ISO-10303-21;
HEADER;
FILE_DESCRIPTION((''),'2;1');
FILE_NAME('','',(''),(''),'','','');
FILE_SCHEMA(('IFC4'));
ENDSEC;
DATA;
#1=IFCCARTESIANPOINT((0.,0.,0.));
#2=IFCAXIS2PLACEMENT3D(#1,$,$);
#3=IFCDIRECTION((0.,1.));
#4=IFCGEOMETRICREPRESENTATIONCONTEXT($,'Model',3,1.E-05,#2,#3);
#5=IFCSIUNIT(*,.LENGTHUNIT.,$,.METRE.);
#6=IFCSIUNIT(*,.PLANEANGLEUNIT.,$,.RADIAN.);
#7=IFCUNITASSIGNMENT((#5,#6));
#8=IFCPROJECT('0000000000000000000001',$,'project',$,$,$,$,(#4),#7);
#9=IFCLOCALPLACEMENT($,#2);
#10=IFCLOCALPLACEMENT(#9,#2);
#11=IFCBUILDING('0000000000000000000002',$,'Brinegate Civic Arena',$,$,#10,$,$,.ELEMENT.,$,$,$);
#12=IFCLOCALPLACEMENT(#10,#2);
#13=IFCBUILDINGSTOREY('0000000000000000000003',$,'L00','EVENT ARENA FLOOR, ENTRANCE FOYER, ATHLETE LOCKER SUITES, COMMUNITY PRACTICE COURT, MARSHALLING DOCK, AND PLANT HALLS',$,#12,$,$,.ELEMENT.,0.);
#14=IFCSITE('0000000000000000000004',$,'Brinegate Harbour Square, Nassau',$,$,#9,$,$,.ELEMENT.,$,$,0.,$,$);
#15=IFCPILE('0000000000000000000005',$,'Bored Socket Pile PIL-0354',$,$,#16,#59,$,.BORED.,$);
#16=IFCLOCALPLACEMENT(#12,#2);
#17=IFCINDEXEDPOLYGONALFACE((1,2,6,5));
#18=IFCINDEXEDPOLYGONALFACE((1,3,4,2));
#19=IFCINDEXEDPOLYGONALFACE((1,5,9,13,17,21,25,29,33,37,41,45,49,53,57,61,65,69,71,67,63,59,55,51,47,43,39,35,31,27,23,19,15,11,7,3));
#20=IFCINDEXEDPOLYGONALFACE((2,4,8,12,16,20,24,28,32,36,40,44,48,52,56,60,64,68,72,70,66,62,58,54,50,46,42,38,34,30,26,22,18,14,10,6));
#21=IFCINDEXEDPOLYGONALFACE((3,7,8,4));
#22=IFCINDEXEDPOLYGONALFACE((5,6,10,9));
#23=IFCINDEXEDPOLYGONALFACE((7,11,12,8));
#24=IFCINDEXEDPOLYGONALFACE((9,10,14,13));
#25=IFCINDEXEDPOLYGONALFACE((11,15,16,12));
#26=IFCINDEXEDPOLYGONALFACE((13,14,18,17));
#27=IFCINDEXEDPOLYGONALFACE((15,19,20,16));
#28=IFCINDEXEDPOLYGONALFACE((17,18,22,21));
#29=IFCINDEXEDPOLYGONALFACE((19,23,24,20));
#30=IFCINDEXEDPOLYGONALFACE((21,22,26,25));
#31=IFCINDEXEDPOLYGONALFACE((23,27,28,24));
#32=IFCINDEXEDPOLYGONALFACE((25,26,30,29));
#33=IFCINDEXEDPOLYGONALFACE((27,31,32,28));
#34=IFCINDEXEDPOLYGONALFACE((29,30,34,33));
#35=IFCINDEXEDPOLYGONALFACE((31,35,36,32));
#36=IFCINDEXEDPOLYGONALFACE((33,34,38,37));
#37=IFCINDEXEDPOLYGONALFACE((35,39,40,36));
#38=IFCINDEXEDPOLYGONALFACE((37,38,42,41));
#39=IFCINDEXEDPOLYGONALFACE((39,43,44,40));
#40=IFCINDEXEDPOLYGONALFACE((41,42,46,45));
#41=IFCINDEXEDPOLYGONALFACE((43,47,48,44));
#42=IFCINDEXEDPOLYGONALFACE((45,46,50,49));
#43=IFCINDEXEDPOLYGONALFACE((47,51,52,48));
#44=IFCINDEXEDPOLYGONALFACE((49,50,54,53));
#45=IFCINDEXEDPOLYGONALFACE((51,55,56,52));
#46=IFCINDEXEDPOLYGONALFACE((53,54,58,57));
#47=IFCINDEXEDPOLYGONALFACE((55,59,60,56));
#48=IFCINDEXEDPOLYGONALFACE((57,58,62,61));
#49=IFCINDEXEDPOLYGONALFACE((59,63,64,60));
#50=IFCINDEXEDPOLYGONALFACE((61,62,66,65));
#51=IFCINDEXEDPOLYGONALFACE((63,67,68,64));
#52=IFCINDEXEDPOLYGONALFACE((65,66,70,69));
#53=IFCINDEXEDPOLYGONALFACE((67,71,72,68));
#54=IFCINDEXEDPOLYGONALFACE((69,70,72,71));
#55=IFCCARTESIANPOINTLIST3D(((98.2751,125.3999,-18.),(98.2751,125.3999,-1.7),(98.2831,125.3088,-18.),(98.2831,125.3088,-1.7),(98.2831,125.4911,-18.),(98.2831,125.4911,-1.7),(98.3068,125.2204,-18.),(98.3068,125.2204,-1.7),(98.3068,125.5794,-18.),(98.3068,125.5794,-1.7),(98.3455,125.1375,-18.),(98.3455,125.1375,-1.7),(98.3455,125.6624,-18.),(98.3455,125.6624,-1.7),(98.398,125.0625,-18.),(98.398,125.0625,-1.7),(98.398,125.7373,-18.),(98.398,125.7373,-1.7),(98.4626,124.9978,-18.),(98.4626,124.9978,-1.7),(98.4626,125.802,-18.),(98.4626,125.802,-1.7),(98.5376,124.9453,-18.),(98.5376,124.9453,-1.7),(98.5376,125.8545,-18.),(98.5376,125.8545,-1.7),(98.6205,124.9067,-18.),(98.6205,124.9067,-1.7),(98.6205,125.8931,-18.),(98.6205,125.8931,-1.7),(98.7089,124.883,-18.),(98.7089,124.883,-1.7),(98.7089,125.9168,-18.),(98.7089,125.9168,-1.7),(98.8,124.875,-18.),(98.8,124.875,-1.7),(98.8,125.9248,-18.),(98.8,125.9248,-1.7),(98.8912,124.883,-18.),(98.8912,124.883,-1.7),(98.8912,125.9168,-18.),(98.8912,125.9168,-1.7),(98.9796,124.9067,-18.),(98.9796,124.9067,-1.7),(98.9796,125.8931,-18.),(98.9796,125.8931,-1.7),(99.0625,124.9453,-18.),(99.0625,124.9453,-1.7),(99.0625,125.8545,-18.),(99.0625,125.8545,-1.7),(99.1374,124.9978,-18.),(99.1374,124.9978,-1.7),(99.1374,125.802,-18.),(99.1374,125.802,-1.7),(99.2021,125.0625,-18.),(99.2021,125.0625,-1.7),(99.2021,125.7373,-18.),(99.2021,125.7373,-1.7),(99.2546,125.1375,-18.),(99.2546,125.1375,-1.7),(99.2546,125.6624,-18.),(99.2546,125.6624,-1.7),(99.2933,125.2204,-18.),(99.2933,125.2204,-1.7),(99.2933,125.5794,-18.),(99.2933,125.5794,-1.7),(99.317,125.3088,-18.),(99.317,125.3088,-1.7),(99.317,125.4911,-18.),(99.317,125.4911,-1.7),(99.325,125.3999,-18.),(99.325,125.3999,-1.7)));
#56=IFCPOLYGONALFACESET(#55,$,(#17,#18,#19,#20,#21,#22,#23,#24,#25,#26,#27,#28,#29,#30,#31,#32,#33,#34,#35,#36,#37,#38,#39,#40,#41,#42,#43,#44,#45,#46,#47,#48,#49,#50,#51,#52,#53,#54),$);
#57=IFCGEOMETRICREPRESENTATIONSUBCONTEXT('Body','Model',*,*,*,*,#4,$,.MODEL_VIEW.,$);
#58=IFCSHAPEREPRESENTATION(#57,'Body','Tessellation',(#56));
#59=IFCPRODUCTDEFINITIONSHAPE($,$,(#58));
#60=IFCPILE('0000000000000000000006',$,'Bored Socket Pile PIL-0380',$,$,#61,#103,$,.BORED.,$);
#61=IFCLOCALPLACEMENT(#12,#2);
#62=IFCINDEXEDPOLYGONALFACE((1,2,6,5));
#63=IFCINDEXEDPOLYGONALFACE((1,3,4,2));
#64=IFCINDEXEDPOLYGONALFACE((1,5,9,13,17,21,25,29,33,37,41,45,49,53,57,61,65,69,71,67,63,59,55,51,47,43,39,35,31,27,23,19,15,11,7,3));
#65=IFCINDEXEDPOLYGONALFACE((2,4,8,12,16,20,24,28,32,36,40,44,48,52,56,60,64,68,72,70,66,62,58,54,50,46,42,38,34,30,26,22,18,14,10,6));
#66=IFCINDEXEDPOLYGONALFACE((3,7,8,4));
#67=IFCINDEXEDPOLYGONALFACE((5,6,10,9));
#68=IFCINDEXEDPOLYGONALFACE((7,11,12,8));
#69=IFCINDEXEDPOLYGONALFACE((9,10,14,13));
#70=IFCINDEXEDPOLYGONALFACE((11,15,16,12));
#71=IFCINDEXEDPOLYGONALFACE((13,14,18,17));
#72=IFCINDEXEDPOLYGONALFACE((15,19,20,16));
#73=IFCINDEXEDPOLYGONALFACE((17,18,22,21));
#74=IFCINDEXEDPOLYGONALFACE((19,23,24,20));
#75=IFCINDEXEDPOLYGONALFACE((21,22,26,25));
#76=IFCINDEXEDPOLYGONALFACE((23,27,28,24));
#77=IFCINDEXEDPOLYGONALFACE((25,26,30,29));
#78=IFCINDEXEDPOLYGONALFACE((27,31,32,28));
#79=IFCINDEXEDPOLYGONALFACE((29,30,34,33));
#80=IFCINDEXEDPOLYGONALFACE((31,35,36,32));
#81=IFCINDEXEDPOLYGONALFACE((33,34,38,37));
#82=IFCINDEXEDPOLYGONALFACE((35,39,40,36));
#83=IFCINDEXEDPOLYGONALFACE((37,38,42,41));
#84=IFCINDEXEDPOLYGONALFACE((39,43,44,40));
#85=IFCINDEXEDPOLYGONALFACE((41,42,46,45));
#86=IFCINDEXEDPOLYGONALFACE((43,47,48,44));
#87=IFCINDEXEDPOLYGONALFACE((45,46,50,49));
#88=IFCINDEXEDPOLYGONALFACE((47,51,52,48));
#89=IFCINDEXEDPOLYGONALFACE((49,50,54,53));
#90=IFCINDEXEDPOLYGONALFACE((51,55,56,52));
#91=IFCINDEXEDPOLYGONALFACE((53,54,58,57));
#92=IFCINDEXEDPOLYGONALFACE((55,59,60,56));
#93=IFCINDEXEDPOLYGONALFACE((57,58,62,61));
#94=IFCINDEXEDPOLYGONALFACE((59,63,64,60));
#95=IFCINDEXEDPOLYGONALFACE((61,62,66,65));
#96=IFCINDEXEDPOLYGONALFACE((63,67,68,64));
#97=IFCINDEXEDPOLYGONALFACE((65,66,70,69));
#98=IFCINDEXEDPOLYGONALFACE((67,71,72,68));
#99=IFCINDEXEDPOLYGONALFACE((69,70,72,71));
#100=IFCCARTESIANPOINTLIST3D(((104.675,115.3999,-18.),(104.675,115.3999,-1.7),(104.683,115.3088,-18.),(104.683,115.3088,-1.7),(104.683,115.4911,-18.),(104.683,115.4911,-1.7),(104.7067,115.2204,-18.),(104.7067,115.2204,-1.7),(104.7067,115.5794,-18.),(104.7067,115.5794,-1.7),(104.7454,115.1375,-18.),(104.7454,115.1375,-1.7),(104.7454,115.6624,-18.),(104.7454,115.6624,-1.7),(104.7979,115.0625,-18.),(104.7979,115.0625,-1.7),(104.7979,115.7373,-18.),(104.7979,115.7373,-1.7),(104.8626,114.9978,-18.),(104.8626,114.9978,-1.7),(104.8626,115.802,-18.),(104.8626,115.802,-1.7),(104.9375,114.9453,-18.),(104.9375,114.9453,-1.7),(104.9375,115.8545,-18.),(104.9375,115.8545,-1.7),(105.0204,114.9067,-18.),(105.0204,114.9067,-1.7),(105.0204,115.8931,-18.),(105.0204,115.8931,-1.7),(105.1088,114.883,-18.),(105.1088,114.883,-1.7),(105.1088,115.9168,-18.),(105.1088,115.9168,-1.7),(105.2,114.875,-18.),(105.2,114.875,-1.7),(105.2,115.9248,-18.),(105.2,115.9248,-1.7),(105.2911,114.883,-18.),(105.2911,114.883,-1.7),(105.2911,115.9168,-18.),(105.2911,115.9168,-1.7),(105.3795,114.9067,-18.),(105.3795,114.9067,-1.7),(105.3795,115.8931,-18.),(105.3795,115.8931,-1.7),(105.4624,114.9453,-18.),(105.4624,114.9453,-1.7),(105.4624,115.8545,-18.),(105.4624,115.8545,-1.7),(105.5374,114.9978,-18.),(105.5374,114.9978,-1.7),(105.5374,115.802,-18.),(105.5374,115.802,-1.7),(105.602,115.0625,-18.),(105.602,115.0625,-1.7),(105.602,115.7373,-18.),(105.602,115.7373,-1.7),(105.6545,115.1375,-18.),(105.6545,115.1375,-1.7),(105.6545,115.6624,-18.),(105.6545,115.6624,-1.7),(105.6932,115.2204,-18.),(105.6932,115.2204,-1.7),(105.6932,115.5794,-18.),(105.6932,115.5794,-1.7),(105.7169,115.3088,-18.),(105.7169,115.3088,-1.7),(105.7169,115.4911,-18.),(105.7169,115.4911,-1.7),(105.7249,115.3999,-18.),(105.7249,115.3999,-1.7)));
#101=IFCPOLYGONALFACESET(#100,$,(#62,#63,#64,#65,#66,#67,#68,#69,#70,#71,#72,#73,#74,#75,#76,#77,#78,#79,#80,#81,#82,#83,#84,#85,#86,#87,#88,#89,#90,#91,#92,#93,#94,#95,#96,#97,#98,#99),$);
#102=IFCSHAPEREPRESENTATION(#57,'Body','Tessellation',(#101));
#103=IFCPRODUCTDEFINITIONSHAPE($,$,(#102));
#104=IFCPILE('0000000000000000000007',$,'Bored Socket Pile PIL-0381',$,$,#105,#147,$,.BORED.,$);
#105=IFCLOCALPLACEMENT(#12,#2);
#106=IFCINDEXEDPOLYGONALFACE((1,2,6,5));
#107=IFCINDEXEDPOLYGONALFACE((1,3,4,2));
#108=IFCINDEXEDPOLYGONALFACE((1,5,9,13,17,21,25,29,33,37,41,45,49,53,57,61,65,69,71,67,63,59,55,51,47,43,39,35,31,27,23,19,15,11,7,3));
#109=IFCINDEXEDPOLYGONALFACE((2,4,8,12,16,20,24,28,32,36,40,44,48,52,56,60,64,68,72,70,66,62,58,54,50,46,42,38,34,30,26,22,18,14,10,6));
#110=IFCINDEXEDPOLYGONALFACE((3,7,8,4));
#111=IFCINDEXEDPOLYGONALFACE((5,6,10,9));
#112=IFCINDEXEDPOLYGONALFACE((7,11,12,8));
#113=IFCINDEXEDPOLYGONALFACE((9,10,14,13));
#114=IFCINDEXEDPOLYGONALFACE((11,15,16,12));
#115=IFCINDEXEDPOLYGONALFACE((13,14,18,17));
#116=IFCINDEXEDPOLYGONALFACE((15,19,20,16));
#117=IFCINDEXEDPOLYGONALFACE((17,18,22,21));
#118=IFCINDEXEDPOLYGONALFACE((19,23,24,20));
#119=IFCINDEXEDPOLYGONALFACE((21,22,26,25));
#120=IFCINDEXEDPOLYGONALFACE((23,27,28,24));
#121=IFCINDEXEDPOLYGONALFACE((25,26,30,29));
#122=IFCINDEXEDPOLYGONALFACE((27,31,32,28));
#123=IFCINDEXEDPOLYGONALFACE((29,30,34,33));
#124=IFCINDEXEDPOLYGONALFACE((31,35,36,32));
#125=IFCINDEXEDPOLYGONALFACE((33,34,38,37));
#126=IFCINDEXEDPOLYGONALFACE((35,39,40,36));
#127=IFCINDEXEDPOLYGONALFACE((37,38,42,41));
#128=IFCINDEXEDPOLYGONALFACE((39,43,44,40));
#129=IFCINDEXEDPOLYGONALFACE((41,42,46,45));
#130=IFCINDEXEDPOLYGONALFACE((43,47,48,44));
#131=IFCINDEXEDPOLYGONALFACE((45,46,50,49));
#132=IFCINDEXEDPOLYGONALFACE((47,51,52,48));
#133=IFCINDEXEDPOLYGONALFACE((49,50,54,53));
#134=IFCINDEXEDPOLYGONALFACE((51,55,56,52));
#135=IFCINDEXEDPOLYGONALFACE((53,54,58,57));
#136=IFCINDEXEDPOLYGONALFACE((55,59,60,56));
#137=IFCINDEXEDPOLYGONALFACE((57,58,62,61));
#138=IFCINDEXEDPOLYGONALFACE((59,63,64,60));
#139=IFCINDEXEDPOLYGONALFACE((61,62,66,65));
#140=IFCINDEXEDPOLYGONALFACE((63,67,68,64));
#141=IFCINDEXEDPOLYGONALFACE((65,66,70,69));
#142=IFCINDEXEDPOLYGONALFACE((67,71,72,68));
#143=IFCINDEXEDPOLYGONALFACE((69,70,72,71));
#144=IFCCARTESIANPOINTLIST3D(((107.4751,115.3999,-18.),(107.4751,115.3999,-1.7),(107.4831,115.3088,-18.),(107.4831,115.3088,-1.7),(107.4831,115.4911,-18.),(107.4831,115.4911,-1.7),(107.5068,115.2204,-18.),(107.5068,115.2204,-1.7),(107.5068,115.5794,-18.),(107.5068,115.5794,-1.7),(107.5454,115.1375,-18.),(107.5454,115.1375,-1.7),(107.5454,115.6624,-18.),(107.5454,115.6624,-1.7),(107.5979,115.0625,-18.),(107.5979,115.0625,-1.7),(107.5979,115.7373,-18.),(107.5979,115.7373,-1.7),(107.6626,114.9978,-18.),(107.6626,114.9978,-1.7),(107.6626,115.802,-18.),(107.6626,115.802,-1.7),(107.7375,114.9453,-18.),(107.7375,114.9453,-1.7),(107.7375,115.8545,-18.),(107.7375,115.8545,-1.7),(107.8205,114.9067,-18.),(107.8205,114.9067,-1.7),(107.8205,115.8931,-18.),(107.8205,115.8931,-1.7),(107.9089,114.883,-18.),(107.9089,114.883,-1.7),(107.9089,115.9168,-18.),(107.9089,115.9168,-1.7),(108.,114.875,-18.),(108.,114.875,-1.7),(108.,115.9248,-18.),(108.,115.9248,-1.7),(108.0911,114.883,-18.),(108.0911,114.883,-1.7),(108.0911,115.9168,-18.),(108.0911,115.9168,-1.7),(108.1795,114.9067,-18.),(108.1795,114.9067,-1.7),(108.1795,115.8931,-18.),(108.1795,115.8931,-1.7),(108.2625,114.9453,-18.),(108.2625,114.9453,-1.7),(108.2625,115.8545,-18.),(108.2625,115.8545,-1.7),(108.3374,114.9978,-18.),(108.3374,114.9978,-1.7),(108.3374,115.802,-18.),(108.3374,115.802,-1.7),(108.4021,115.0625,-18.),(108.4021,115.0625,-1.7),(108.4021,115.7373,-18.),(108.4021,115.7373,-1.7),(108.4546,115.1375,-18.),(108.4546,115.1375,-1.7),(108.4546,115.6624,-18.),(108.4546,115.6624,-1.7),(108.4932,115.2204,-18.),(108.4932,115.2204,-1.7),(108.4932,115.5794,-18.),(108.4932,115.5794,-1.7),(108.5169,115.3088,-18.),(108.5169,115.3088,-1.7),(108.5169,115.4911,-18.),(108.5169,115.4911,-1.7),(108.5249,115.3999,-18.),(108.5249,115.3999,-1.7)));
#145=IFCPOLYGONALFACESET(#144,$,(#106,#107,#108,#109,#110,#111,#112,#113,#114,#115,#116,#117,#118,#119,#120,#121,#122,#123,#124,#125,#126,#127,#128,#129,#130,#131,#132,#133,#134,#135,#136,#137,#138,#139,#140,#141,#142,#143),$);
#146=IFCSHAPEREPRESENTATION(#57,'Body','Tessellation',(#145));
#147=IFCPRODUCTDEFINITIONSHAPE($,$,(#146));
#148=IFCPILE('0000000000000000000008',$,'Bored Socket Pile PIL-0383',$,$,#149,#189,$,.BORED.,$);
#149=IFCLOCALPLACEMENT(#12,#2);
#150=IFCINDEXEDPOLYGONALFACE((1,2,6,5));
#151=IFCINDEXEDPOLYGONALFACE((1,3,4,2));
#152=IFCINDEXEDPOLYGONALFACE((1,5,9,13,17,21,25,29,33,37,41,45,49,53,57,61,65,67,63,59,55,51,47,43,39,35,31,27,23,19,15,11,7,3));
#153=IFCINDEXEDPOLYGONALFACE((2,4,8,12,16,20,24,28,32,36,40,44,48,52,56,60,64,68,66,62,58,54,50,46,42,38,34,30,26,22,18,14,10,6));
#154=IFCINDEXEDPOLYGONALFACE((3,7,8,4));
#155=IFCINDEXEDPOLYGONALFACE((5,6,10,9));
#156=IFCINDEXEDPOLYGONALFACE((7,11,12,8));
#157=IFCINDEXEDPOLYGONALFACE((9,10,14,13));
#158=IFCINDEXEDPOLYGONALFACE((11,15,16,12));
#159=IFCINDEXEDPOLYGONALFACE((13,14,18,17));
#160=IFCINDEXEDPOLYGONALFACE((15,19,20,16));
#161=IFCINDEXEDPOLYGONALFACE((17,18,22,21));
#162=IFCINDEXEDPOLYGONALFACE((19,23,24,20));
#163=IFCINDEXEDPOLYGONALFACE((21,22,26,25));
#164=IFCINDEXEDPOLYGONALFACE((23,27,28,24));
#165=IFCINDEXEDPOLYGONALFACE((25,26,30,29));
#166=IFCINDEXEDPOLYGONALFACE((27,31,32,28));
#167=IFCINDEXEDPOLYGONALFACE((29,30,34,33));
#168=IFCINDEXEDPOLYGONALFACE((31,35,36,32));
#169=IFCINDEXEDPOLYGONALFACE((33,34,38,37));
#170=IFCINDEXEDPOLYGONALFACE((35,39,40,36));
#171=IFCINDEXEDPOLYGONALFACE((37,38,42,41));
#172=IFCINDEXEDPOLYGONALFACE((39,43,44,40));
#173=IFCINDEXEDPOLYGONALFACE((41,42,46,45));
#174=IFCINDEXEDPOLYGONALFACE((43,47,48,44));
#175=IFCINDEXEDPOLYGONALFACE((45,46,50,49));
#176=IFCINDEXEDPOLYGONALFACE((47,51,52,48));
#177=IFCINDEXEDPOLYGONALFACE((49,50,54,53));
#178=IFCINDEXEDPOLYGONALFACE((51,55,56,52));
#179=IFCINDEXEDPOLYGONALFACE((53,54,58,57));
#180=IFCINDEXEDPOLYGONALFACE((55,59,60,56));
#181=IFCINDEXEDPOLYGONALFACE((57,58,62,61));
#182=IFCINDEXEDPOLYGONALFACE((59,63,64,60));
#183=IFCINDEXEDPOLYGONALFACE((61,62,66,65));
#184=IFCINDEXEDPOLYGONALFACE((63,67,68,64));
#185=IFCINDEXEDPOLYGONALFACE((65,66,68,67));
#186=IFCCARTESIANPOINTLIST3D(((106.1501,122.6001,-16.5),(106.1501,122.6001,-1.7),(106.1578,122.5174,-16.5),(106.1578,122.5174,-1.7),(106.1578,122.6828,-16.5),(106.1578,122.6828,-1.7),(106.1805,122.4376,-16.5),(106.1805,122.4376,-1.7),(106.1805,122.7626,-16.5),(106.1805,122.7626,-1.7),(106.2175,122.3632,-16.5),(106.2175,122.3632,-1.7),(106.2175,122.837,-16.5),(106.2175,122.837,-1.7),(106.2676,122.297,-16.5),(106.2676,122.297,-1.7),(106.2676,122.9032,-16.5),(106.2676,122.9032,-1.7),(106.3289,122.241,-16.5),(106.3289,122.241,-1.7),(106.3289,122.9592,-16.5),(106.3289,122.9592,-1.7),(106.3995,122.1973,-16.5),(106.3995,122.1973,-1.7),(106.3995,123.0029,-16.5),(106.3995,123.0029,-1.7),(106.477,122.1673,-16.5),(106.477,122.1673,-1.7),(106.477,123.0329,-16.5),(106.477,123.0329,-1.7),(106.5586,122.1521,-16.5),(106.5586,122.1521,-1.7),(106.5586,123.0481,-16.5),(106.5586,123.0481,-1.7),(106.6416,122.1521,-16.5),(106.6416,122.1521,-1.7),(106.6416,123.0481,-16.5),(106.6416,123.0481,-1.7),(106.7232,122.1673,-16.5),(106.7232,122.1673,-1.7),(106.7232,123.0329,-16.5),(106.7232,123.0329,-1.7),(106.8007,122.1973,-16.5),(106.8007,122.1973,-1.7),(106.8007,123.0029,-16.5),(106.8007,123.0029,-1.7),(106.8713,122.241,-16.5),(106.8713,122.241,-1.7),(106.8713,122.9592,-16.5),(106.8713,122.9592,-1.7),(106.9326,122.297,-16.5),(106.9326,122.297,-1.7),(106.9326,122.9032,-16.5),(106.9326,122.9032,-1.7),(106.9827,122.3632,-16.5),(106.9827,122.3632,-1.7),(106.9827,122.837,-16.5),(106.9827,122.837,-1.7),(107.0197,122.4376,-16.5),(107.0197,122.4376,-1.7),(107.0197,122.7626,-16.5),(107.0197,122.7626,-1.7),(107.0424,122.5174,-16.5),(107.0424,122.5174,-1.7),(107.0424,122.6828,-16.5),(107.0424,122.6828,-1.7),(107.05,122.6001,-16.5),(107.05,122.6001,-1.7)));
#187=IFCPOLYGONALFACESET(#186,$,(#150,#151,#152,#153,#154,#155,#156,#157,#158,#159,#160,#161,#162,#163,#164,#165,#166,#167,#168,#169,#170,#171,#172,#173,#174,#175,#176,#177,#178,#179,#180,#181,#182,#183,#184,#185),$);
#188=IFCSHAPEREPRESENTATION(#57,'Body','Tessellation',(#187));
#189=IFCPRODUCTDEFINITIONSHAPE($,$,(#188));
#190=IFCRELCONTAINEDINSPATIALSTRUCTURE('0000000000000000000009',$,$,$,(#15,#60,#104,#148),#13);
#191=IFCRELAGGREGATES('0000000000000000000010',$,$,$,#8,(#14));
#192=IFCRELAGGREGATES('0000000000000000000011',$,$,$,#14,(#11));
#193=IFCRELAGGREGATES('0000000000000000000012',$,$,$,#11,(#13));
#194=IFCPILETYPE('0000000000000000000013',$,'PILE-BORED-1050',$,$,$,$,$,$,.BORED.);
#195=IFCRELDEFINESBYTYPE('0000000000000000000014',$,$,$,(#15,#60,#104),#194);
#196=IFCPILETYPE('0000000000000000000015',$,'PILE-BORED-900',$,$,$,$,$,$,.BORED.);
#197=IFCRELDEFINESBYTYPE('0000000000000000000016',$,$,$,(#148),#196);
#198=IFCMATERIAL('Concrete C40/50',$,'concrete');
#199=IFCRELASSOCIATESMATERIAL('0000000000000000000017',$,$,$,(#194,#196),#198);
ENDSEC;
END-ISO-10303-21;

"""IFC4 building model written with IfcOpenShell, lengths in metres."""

from ifc_helpers import new_model, si_unit, direction, frame, origin, origin_2d, place, context, subcontext, project, spatial, circle, extrude, material, material_profile, profile_set, type_object, element, save


model = new_model("IFC4")

# Units and contexts
model_context = context("Model", 3, precision=1e-05, world=origin(), true_north=direction((0.0, 1.0)))
body_context = subcontext(model_context, "Body", "Model", "MODEL_VIEW")
ifc_project = project(units=[si_unit("LENGTHUNIT", "METRE"), si_unit("PLANEANGLEUNIT", "RADIAN")], contexts=[model_context])

# Site, building, storey
site_placement = place(None, origin())
site = spatial("IfcSite", under=ifc_project, at=site_placement, Name="Brinegate Harbour Square, Nassau", CompositionType="ELEMENT", RefElevation=0.0)
building_placement = place(site_placement, origin())
building = spatial("IfcBuilding", under=site, at=building_placement, Name="Brinegate Civic Arena", CompositionType="ELEMENT")
storey_placement = place(building_placement, origin())
storey = spatial("IfcBuildingStorey", under=building, at=storey_placement, Name="L00", Description="EVENT ARENA FLOOR, ENTRANCE FOYER, ATHLETE LOCKER SUITES, COMMUNITY PRACTICE COURT, MARSHALLING DOCK, AND PLANT HALLS", CompositionType="ELEMENT", Elevation=0.0)

# Shared definitions
ifc_material_1 = material(Name="Concrete C40/50", Category="concrete")

# Piles
ifc_material_profile_1 = material_profile(ifc_material_1, circle(Radius=0.5249, at=origin_2d()), Name="PILED1050")
ifc_profile_set_1 = profile_set([ifc_material_profile_1], Name="Concrete C40/50")
pile_type_1 = type_object("IfcPileType", Name="PILE-BORED-1050", PredefinedType="BORED", material=ifc_profile_set_1)
for number, where, z_axis, x_axis, name in (
    (1, (98.8, 125.3999, -1.7), (0.0, 0.0, -1.0), (1.0, 0.0, 0.0), "Bored Socket Pile PIL-0354"),
    (2, (105.2, 115.3999, -1.7), (0.0, 0.0, -1.0), (1.0, 0.0, 0.0), "Bored Socket Pile PIL-0380"),
    (3, (108.0, 115.3999, -1.7), (0.0, 0.0, -1.0), (1.0, 0.0, 0.0), "Bored Socket Pile PIL-0381"),
):
    element("IfcPile", number, at=place(storey_placement, frame(where, z_axis=z_axis, x_axis=x_axis)), inside=storey, type_object=pile_type_1, Name=name, PredefinedType="BORED", context=body_context, shape_type="SweptSolid", body=[
        extrude(circle(Radius=0.5249, at=origin_2d()), origin(), (0.0, 0.0, 1.0), 16.3),
    ])
ifc_material_profile_2 = material_profile(ifc_material_1, circle(Radius=0.45, at=origin_2d()), Name="PILED900")
ifc_profile_set_2 = profile_set([ifc_material_profile_2], Name="Concrete C40/50")
pile_type_2 = type_object("IfcPileType", Name="PILE-BORED-900", PredefinedType="BORED", material=ifc_profile_set_2)
for number, where, z_axis, x_axis, name in (
    (4, (106.6001, 122.6001, -1.7), (0.0, 0.0, -1.0), (1.0, 0.0, 0.0), "Bored Socket Pile PIL-0383"),
):
    element("IfcPile", number, at=place(storey_placement, frame(where, z_axis=z_axis, x_axis=x_axis)), inside=storey, type_object=pile_type_2, Name=name, PredefinedType="BORED", context=body_context, shape_type="SweptSolid", body=[
        extrude(circle(Radius=0.45, at=origin_2d()), origin(), (0.0, 0.0, 1.0), 14.8),
    ])

save(model, "model.ifc")
